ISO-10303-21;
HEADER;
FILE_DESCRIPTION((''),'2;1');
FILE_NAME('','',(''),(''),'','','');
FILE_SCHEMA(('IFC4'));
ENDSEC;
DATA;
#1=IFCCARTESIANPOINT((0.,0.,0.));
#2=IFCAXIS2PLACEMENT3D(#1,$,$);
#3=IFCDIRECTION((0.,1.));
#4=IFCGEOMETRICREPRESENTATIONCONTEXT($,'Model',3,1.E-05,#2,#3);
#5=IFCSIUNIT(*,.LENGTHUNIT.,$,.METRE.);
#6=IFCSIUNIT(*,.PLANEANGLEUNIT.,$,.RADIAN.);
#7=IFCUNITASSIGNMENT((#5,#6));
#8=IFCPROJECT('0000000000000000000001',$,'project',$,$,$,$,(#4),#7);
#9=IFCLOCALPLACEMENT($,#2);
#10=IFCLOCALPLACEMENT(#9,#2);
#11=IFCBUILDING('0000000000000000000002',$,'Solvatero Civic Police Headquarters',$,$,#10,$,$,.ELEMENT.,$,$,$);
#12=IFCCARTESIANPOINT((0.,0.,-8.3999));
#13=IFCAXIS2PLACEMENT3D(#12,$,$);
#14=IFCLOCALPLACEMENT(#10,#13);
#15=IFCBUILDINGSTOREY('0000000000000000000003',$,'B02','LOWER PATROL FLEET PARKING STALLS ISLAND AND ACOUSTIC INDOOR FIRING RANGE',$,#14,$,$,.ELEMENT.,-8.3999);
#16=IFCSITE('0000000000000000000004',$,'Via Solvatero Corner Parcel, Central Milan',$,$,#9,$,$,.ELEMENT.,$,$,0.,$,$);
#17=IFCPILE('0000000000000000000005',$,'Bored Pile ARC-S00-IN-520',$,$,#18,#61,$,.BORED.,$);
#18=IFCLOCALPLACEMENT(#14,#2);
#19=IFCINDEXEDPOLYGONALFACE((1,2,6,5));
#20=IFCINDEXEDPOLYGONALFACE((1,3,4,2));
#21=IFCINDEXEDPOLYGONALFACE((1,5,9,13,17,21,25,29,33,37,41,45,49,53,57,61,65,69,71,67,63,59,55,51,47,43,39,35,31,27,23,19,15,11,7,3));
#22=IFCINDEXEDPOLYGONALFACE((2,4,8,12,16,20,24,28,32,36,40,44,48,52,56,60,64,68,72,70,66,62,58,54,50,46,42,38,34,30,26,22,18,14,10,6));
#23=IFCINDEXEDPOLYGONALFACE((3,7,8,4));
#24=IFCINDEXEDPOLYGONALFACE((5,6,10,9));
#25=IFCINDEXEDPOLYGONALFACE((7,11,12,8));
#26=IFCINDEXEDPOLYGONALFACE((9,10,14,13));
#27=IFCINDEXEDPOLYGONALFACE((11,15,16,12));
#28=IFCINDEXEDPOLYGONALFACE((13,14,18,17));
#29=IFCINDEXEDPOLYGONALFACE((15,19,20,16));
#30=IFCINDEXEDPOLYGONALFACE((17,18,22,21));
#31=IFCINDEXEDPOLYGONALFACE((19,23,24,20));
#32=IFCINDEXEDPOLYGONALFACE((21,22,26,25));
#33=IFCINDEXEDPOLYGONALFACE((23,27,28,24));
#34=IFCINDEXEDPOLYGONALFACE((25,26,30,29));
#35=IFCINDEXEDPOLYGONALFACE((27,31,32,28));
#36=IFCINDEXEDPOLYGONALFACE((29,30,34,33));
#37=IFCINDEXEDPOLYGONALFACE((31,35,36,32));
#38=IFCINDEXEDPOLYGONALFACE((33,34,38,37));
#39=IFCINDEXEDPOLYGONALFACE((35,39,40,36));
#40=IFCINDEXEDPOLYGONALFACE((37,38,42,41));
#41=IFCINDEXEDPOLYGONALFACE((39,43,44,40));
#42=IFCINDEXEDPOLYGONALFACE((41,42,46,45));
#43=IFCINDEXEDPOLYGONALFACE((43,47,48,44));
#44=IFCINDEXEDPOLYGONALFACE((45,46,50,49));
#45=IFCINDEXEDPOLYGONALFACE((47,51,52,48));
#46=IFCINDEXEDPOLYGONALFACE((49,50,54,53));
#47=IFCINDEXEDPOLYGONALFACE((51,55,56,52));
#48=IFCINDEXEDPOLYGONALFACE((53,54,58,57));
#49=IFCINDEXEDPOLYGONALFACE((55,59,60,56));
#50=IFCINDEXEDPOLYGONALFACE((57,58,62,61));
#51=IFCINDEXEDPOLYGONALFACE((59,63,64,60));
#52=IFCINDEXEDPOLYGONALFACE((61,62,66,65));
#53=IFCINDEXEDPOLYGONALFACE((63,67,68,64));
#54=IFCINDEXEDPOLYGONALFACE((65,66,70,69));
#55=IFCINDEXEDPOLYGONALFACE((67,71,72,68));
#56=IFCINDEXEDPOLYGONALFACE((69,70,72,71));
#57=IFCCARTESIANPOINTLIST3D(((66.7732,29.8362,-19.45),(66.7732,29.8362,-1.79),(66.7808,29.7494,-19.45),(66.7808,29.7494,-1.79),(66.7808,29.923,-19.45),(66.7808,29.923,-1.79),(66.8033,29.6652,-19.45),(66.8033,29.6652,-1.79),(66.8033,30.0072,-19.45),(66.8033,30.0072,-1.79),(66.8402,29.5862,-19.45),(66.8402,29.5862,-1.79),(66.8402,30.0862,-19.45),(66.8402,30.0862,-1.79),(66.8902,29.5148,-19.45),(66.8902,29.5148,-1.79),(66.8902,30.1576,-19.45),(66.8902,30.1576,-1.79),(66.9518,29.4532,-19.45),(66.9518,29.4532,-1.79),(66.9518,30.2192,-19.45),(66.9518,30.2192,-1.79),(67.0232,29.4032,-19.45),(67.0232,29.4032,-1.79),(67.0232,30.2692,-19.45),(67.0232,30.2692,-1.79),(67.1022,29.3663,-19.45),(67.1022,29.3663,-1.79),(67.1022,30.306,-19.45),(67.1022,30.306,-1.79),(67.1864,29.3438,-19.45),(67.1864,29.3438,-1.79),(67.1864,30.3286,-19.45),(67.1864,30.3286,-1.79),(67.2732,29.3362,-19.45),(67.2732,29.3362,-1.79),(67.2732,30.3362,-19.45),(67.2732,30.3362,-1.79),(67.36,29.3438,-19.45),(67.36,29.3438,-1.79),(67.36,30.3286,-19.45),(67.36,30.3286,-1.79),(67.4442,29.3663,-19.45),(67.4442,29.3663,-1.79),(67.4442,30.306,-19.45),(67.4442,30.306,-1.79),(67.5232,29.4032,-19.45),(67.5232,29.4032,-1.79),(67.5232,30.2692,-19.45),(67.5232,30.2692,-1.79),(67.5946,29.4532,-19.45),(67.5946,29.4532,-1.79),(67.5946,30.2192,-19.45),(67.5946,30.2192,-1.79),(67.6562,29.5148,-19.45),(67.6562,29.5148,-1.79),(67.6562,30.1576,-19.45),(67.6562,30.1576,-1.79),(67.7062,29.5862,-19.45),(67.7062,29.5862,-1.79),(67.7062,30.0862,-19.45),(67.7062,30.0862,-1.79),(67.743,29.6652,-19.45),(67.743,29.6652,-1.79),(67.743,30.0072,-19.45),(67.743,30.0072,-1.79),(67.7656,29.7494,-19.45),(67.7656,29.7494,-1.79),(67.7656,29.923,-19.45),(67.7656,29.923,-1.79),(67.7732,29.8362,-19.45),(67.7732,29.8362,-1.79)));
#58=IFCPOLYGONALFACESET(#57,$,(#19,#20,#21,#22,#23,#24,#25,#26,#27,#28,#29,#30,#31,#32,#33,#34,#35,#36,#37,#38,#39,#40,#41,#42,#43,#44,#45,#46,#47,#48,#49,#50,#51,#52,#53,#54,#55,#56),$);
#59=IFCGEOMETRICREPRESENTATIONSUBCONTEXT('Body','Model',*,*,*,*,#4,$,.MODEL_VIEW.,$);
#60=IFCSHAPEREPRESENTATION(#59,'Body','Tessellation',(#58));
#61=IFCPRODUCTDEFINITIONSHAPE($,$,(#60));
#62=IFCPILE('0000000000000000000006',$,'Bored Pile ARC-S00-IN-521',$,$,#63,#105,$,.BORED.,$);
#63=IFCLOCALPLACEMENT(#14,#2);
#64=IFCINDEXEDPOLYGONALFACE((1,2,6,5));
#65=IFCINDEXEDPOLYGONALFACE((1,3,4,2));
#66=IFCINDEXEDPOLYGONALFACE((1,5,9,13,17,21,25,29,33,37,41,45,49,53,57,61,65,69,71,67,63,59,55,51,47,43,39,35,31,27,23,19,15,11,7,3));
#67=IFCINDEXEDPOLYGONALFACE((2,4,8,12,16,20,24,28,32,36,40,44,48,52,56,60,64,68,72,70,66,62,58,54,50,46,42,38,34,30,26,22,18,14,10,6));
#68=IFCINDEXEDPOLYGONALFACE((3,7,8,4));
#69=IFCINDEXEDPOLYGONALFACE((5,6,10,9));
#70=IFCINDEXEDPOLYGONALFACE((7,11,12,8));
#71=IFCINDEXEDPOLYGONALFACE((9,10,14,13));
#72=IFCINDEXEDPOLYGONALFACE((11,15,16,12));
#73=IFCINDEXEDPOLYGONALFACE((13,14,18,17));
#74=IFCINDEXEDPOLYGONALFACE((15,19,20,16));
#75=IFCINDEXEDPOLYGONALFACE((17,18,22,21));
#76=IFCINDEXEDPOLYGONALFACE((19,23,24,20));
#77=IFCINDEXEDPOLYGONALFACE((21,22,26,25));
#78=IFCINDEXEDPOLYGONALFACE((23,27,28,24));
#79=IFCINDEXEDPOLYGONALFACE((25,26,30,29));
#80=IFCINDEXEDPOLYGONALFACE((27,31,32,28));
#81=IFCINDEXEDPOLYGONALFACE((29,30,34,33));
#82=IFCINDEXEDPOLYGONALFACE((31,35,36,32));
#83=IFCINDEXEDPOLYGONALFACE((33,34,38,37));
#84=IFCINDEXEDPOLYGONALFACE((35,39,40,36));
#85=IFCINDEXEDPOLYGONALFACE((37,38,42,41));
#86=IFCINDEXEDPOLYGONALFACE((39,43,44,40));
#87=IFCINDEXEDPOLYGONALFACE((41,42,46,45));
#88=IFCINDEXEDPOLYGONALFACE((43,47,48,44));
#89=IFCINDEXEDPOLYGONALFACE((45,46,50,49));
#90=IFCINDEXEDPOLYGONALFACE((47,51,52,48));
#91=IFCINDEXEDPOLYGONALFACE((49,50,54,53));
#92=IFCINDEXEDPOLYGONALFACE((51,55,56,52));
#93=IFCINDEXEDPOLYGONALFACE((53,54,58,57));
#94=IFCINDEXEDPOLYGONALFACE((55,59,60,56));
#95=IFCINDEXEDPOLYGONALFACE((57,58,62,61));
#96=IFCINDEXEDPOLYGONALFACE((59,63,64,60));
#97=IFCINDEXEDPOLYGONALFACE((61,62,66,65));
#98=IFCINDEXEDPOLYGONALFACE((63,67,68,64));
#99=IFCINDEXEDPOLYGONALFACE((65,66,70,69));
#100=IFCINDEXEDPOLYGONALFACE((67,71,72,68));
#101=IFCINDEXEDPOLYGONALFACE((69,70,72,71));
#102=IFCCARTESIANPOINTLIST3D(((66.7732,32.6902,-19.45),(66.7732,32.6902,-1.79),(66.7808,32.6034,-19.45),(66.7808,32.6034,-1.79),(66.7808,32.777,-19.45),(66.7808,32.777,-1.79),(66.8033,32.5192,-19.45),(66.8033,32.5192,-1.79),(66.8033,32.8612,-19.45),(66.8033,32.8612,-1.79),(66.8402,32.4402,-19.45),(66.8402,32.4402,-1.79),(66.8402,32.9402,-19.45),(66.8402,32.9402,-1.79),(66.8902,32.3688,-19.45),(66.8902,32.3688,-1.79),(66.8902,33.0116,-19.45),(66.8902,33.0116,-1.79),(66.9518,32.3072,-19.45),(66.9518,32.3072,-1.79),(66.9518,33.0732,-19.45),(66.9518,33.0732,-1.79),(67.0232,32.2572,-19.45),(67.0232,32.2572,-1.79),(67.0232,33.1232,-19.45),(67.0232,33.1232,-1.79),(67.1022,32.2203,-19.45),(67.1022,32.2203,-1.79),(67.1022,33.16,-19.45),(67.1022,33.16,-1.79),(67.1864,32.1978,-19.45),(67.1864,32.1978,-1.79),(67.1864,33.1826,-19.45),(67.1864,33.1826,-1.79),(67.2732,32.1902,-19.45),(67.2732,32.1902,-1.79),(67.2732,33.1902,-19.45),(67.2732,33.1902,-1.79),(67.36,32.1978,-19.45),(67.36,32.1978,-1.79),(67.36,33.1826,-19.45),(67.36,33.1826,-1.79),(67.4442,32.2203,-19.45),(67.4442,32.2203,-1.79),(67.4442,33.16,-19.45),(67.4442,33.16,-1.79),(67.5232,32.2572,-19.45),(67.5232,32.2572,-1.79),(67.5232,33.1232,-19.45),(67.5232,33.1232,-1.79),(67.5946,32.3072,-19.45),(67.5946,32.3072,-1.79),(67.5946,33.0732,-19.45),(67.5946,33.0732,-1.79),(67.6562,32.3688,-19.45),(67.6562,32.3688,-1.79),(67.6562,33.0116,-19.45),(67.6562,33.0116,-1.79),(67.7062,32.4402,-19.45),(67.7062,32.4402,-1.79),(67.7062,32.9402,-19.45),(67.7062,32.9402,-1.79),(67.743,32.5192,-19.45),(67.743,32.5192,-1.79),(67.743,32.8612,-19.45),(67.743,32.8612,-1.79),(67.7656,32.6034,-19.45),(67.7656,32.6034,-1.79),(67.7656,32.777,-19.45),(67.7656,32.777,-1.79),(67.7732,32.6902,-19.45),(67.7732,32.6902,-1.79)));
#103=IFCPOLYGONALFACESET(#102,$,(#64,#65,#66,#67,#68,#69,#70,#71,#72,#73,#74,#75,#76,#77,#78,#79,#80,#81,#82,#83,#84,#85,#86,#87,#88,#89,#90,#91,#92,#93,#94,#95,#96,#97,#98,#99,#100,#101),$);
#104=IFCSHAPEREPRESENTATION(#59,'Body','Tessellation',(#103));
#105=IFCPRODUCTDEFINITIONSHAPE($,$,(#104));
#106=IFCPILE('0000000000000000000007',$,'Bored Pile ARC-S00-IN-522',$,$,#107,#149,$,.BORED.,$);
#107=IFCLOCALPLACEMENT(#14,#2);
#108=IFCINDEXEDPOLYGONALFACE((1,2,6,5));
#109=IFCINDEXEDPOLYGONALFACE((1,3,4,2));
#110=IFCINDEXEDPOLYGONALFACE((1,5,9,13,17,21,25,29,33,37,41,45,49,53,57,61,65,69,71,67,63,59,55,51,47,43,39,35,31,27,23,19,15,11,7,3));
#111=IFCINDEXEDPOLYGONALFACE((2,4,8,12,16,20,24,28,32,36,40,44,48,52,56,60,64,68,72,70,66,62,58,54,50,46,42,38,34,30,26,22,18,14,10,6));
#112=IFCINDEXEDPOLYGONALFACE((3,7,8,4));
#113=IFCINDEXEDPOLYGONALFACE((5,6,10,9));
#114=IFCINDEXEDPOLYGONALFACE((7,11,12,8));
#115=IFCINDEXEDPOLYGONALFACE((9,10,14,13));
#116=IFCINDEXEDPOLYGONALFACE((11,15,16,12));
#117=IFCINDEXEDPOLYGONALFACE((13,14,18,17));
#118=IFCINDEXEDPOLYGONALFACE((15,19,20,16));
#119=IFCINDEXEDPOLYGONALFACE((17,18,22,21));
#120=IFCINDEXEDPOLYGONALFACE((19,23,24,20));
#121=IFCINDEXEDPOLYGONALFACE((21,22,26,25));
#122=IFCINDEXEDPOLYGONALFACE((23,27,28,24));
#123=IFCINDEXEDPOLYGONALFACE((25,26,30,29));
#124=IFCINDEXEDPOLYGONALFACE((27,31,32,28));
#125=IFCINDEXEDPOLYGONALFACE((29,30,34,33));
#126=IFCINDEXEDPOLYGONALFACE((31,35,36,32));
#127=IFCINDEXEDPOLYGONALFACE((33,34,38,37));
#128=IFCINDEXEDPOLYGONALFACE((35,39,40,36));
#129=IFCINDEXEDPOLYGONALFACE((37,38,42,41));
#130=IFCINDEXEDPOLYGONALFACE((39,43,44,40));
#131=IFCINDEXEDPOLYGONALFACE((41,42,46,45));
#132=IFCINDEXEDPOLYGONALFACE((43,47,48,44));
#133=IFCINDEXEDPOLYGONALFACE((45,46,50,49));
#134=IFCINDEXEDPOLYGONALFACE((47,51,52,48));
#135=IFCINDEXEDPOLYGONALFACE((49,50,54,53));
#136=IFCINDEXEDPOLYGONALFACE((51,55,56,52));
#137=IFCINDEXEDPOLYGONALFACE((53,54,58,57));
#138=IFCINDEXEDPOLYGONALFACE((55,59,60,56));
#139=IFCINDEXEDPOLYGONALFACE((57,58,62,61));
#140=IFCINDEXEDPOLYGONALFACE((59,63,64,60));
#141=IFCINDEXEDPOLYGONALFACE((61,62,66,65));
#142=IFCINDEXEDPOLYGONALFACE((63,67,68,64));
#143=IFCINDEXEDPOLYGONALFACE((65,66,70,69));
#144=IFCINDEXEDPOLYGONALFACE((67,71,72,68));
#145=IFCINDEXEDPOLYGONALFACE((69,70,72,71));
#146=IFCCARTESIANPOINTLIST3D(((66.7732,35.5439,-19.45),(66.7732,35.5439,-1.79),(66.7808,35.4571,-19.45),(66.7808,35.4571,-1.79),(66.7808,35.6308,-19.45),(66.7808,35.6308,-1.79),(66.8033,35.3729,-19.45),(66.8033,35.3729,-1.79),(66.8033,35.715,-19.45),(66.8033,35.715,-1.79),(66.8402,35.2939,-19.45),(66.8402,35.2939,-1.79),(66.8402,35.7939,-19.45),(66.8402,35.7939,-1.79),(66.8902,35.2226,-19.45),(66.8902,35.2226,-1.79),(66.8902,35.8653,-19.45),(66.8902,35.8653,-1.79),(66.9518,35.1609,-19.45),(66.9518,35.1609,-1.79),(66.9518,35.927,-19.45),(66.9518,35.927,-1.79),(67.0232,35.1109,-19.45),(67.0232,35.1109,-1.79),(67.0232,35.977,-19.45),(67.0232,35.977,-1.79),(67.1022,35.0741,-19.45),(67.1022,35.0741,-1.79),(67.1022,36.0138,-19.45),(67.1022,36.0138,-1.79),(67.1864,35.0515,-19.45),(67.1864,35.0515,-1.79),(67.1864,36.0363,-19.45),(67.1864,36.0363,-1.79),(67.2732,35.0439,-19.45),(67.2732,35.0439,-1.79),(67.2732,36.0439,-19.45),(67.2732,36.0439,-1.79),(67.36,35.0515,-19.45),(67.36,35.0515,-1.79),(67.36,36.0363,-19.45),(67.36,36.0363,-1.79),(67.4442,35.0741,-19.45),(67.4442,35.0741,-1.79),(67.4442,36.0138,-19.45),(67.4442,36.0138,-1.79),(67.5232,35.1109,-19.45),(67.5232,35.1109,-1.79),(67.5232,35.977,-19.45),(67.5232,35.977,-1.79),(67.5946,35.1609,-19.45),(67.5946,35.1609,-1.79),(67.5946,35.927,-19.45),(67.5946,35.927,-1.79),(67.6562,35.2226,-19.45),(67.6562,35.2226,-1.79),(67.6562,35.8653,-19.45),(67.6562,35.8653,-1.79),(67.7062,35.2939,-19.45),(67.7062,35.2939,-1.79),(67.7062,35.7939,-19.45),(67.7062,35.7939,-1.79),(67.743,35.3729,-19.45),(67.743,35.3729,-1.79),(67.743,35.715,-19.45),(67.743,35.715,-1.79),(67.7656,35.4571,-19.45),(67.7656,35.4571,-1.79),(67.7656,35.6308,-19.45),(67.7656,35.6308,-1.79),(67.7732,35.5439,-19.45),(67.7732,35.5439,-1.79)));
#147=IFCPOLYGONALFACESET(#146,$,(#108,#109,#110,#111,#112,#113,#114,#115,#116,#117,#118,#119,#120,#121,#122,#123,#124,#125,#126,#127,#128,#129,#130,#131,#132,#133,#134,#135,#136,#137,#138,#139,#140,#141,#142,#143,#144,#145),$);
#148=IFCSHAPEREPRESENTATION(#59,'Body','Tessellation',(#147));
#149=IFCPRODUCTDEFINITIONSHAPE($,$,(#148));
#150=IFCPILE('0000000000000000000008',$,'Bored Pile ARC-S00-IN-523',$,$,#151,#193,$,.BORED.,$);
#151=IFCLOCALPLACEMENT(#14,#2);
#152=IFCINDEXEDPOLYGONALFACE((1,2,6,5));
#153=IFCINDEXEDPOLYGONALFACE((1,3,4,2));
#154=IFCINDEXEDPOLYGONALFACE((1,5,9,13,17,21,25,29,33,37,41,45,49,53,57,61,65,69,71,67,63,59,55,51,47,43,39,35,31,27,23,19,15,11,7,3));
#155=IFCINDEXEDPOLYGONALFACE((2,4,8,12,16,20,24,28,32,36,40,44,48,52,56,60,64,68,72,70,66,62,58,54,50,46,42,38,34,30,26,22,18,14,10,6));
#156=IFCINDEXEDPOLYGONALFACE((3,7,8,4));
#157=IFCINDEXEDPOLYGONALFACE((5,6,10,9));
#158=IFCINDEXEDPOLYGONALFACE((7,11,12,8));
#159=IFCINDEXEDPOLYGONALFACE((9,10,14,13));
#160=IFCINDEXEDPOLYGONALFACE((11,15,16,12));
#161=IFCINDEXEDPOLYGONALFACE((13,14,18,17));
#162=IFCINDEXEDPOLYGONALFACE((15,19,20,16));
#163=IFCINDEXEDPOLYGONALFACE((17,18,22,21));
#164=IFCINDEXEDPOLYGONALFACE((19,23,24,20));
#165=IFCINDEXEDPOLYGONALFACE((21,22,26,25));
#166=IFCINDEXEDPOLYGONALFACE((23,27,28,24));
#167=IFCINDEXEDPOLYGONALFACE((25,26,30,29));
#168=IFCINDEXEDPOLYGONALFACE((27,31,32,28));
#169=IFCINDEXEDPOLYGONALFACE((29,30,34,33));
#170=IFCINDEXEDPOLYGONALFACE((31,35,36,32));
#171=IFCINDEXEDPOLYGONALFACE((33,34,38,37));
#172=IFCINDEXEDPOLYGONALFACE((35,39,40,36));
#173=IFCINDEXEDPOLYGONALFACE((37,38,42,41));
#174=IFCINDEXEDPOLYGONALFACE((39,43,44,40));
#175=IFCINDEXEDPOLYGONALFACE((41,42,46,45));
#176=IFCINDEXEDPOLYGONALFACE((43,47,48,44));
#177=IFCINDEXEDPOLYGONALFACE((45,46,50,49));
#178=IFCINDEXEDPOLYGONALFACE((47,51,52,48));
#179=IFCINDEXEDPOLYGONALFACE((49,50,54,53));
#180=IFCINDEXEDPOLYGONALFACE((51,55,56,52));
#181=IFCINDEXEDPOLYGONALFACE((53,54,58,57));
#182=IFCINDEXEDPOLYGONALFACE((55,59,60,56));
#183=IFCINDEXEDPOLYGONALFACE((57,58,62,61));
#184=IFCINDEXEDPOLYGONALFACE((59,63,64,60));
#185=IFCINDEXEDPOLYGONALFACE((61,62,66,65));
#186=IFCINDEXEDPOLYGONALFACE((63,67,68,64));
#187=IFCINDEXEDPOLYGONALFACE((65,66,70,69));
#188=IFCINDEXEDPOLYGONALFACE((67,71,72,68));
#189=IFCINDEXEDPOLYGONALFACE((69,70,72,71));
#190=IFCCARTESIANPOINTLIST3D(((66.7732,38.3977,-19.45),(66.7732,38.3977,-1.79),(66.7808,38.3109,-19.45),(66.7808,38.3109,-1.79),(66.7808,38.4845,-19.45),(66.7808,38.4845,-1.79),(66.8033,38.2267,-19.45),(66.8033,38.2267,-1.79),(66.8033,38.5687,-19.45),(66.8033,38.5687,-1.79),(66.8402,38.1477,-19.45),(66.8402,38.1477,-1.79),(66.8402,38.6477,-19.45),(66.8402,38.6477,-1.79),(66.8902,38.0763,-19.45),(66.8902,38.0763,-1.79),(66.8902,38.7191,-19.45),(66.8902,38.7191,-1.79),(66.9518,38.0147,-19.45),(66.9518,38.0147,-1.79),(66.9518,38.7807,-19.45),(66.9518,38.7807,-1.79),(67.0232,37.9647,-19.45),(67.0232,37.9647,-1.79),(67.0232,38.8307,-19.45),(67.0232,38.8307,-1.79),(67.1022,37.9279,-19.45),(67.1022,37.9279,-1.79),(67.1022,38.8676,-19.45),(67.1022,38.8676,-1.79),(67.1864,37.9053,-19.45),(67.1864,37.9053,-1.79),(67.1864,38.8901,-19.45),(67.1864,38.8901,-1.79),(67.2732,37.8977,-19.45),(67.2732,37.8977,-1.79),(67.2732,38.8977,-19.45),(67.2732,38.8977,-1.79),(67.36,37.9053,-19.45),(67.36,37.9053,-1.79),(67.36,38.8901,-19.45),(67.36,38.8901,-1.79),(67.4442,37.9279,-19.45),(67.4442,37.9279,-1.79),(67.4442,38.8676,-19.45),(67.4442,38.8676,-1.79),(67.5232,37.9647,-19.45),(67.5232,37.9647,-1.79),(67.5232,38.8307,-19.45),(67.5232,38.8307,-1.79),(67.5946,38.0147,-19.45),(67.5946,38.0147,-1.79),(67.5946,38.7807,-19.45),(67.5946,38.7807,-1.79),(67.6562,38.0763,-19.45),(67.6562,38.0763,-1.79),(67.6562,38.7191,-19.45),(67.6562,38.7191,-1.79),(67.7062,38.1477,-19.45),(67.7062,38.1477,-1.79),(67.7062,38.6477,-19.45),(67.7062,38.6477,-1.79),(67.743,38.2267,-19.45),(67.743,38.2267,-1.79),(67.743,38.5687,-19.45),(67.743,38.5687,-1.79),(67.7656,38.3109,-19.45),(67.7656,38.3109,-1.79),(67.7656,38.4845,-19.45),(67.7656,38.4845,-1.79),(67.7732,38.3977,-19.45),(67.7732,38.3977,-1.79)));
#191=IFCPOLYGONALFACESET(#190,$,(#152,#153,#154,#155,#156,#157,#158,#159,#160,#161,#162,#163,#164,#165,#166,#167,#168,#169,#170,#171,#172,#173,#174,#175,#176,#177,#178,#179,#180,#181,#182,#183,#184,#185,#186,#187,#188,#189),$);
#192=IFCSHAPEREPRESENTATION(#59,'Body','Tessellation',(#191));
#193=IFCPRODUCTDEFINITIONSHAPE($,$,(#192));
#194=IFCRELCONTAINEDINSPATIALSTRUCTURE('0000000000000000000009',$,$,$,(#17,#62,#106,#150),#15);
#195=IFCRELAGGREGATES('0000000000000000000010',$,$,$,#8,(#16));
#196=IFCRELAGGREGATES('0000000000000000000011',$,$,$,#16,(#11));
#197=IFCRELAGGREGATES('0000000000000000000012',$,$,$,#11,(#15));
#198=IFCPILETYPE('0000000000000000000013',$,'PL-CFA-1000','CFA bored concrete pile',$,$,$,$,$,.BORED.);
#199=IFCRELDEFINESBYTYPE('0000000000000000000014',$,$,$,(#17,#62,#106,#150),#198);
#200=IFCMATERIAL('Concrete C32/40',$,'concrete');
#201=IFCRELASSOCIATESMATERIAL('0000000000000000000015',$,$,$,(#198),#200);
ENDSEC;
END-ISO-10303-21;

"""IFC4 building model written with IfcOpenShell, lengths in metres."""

from ifc_helpers import new_model, si_unit, direction, frame, origin, origin_2d, place, context, subcontext, project, spatial, circle, extrude, material, material_profile, profile_set, type_object, element, save


model = new_model("IFC4")

# Units and contexts
model_context = context("Model", 3, precision=1e-05, world=origin(), true_north=direction((0.0, 1.0)))
body_context = subcontext(model_context, "Body", "Model", "MODEL_VIEW")
ifc_project = project(units=[si_unit("LENGTHUNIT", "METRE"), si_unit("PLANEANGLEUNIT", "RADIAN")], contexts=[model_context])

# Site, building, storey
site_placement = place(None, origin())
site = spatial("IfcSite", under=ifc_project, at=site_placement, Name="Via Solvatero Corner Parcel, Central Milan", CompositionType="ELEMENT", RefElevation=0.0)
building_placement = place(site_placement, origin())
building = spatial("IfcBuilding", under=site, at=building_placement, Name="Solvatero Civic Police Headquarters", CompositionType="ELEMENT")
storey_placement = place(building_placement, frame((0.0, 0.0, -8.3999)))
storey = spatial("IfcBuildingStorey", under=building, at=storey_placement, Name="B02", Description="LOWER PATROL FLEET PARKING STALLS ISLAND AND ACOUSTIC INDOOR FIRING RANGE", CompositionType="ELEMENT", Elevation=-8.3999)

# Piles
ifc_material_1 = material(Name="Concrete C32/40", Category="concrete")
ifc_material_profile_1 = material_profile(ifc_material_1, circle(Radius=0.5, at=origin_2d()), Name="CFA PILE D1000")
ifc_profile_set_1 = profile_set([ifc_material_profile_1], Name="Concrete C32/40")
pile_type = type_object("IfcPileType", Name="PL-CFA-1000", Description="CFA bored concrete pile", PredefinedType="BORED", material=ifc_profile_set_1)
for number, where, z_axis, x_axis, name in (
    (1, (67.2732, 29.8362, -1.79), (0.0, 0.0, -1.0), (1.0, 0.0, 0.0), "Bored Pile ARC-S00-IN-520"),
    (2, (67.2732, 32.6902, -1.79), (0.0, 0.0, -1.0), (1.0, 0.0, 0.0), "Bored Pile ARC-S00-IN-521"),
    (3, (67.2732, 35.5439, -1.79), (0.0, 0.0, -1.0), (1.0, 0.0, 0.0), "Bored Pile ARC-S00-IN-522"),
    (4, (67.2732, 38.3977, -1.79), (0.0, 0.0, -1.0), (1.0, 0.0, 0.0), "Bored Pile ARC-S00-IN-523"),
):
    element("IfcPile", number, at=place(storey_placement, frame(where, z_axis=z_axis, x_axis=x_axis)), inside=storey, type_object=pile_type, Name=name, PredefinedType="BORED", context=body_context, shape_type="SweptSolid", body=[
        extrude(circle(Radius=0.5, at=origin_2d()), origin(), (0.0, 0.0, 1.0), 17.6599),
    ])

save(model, "model.ifc")
